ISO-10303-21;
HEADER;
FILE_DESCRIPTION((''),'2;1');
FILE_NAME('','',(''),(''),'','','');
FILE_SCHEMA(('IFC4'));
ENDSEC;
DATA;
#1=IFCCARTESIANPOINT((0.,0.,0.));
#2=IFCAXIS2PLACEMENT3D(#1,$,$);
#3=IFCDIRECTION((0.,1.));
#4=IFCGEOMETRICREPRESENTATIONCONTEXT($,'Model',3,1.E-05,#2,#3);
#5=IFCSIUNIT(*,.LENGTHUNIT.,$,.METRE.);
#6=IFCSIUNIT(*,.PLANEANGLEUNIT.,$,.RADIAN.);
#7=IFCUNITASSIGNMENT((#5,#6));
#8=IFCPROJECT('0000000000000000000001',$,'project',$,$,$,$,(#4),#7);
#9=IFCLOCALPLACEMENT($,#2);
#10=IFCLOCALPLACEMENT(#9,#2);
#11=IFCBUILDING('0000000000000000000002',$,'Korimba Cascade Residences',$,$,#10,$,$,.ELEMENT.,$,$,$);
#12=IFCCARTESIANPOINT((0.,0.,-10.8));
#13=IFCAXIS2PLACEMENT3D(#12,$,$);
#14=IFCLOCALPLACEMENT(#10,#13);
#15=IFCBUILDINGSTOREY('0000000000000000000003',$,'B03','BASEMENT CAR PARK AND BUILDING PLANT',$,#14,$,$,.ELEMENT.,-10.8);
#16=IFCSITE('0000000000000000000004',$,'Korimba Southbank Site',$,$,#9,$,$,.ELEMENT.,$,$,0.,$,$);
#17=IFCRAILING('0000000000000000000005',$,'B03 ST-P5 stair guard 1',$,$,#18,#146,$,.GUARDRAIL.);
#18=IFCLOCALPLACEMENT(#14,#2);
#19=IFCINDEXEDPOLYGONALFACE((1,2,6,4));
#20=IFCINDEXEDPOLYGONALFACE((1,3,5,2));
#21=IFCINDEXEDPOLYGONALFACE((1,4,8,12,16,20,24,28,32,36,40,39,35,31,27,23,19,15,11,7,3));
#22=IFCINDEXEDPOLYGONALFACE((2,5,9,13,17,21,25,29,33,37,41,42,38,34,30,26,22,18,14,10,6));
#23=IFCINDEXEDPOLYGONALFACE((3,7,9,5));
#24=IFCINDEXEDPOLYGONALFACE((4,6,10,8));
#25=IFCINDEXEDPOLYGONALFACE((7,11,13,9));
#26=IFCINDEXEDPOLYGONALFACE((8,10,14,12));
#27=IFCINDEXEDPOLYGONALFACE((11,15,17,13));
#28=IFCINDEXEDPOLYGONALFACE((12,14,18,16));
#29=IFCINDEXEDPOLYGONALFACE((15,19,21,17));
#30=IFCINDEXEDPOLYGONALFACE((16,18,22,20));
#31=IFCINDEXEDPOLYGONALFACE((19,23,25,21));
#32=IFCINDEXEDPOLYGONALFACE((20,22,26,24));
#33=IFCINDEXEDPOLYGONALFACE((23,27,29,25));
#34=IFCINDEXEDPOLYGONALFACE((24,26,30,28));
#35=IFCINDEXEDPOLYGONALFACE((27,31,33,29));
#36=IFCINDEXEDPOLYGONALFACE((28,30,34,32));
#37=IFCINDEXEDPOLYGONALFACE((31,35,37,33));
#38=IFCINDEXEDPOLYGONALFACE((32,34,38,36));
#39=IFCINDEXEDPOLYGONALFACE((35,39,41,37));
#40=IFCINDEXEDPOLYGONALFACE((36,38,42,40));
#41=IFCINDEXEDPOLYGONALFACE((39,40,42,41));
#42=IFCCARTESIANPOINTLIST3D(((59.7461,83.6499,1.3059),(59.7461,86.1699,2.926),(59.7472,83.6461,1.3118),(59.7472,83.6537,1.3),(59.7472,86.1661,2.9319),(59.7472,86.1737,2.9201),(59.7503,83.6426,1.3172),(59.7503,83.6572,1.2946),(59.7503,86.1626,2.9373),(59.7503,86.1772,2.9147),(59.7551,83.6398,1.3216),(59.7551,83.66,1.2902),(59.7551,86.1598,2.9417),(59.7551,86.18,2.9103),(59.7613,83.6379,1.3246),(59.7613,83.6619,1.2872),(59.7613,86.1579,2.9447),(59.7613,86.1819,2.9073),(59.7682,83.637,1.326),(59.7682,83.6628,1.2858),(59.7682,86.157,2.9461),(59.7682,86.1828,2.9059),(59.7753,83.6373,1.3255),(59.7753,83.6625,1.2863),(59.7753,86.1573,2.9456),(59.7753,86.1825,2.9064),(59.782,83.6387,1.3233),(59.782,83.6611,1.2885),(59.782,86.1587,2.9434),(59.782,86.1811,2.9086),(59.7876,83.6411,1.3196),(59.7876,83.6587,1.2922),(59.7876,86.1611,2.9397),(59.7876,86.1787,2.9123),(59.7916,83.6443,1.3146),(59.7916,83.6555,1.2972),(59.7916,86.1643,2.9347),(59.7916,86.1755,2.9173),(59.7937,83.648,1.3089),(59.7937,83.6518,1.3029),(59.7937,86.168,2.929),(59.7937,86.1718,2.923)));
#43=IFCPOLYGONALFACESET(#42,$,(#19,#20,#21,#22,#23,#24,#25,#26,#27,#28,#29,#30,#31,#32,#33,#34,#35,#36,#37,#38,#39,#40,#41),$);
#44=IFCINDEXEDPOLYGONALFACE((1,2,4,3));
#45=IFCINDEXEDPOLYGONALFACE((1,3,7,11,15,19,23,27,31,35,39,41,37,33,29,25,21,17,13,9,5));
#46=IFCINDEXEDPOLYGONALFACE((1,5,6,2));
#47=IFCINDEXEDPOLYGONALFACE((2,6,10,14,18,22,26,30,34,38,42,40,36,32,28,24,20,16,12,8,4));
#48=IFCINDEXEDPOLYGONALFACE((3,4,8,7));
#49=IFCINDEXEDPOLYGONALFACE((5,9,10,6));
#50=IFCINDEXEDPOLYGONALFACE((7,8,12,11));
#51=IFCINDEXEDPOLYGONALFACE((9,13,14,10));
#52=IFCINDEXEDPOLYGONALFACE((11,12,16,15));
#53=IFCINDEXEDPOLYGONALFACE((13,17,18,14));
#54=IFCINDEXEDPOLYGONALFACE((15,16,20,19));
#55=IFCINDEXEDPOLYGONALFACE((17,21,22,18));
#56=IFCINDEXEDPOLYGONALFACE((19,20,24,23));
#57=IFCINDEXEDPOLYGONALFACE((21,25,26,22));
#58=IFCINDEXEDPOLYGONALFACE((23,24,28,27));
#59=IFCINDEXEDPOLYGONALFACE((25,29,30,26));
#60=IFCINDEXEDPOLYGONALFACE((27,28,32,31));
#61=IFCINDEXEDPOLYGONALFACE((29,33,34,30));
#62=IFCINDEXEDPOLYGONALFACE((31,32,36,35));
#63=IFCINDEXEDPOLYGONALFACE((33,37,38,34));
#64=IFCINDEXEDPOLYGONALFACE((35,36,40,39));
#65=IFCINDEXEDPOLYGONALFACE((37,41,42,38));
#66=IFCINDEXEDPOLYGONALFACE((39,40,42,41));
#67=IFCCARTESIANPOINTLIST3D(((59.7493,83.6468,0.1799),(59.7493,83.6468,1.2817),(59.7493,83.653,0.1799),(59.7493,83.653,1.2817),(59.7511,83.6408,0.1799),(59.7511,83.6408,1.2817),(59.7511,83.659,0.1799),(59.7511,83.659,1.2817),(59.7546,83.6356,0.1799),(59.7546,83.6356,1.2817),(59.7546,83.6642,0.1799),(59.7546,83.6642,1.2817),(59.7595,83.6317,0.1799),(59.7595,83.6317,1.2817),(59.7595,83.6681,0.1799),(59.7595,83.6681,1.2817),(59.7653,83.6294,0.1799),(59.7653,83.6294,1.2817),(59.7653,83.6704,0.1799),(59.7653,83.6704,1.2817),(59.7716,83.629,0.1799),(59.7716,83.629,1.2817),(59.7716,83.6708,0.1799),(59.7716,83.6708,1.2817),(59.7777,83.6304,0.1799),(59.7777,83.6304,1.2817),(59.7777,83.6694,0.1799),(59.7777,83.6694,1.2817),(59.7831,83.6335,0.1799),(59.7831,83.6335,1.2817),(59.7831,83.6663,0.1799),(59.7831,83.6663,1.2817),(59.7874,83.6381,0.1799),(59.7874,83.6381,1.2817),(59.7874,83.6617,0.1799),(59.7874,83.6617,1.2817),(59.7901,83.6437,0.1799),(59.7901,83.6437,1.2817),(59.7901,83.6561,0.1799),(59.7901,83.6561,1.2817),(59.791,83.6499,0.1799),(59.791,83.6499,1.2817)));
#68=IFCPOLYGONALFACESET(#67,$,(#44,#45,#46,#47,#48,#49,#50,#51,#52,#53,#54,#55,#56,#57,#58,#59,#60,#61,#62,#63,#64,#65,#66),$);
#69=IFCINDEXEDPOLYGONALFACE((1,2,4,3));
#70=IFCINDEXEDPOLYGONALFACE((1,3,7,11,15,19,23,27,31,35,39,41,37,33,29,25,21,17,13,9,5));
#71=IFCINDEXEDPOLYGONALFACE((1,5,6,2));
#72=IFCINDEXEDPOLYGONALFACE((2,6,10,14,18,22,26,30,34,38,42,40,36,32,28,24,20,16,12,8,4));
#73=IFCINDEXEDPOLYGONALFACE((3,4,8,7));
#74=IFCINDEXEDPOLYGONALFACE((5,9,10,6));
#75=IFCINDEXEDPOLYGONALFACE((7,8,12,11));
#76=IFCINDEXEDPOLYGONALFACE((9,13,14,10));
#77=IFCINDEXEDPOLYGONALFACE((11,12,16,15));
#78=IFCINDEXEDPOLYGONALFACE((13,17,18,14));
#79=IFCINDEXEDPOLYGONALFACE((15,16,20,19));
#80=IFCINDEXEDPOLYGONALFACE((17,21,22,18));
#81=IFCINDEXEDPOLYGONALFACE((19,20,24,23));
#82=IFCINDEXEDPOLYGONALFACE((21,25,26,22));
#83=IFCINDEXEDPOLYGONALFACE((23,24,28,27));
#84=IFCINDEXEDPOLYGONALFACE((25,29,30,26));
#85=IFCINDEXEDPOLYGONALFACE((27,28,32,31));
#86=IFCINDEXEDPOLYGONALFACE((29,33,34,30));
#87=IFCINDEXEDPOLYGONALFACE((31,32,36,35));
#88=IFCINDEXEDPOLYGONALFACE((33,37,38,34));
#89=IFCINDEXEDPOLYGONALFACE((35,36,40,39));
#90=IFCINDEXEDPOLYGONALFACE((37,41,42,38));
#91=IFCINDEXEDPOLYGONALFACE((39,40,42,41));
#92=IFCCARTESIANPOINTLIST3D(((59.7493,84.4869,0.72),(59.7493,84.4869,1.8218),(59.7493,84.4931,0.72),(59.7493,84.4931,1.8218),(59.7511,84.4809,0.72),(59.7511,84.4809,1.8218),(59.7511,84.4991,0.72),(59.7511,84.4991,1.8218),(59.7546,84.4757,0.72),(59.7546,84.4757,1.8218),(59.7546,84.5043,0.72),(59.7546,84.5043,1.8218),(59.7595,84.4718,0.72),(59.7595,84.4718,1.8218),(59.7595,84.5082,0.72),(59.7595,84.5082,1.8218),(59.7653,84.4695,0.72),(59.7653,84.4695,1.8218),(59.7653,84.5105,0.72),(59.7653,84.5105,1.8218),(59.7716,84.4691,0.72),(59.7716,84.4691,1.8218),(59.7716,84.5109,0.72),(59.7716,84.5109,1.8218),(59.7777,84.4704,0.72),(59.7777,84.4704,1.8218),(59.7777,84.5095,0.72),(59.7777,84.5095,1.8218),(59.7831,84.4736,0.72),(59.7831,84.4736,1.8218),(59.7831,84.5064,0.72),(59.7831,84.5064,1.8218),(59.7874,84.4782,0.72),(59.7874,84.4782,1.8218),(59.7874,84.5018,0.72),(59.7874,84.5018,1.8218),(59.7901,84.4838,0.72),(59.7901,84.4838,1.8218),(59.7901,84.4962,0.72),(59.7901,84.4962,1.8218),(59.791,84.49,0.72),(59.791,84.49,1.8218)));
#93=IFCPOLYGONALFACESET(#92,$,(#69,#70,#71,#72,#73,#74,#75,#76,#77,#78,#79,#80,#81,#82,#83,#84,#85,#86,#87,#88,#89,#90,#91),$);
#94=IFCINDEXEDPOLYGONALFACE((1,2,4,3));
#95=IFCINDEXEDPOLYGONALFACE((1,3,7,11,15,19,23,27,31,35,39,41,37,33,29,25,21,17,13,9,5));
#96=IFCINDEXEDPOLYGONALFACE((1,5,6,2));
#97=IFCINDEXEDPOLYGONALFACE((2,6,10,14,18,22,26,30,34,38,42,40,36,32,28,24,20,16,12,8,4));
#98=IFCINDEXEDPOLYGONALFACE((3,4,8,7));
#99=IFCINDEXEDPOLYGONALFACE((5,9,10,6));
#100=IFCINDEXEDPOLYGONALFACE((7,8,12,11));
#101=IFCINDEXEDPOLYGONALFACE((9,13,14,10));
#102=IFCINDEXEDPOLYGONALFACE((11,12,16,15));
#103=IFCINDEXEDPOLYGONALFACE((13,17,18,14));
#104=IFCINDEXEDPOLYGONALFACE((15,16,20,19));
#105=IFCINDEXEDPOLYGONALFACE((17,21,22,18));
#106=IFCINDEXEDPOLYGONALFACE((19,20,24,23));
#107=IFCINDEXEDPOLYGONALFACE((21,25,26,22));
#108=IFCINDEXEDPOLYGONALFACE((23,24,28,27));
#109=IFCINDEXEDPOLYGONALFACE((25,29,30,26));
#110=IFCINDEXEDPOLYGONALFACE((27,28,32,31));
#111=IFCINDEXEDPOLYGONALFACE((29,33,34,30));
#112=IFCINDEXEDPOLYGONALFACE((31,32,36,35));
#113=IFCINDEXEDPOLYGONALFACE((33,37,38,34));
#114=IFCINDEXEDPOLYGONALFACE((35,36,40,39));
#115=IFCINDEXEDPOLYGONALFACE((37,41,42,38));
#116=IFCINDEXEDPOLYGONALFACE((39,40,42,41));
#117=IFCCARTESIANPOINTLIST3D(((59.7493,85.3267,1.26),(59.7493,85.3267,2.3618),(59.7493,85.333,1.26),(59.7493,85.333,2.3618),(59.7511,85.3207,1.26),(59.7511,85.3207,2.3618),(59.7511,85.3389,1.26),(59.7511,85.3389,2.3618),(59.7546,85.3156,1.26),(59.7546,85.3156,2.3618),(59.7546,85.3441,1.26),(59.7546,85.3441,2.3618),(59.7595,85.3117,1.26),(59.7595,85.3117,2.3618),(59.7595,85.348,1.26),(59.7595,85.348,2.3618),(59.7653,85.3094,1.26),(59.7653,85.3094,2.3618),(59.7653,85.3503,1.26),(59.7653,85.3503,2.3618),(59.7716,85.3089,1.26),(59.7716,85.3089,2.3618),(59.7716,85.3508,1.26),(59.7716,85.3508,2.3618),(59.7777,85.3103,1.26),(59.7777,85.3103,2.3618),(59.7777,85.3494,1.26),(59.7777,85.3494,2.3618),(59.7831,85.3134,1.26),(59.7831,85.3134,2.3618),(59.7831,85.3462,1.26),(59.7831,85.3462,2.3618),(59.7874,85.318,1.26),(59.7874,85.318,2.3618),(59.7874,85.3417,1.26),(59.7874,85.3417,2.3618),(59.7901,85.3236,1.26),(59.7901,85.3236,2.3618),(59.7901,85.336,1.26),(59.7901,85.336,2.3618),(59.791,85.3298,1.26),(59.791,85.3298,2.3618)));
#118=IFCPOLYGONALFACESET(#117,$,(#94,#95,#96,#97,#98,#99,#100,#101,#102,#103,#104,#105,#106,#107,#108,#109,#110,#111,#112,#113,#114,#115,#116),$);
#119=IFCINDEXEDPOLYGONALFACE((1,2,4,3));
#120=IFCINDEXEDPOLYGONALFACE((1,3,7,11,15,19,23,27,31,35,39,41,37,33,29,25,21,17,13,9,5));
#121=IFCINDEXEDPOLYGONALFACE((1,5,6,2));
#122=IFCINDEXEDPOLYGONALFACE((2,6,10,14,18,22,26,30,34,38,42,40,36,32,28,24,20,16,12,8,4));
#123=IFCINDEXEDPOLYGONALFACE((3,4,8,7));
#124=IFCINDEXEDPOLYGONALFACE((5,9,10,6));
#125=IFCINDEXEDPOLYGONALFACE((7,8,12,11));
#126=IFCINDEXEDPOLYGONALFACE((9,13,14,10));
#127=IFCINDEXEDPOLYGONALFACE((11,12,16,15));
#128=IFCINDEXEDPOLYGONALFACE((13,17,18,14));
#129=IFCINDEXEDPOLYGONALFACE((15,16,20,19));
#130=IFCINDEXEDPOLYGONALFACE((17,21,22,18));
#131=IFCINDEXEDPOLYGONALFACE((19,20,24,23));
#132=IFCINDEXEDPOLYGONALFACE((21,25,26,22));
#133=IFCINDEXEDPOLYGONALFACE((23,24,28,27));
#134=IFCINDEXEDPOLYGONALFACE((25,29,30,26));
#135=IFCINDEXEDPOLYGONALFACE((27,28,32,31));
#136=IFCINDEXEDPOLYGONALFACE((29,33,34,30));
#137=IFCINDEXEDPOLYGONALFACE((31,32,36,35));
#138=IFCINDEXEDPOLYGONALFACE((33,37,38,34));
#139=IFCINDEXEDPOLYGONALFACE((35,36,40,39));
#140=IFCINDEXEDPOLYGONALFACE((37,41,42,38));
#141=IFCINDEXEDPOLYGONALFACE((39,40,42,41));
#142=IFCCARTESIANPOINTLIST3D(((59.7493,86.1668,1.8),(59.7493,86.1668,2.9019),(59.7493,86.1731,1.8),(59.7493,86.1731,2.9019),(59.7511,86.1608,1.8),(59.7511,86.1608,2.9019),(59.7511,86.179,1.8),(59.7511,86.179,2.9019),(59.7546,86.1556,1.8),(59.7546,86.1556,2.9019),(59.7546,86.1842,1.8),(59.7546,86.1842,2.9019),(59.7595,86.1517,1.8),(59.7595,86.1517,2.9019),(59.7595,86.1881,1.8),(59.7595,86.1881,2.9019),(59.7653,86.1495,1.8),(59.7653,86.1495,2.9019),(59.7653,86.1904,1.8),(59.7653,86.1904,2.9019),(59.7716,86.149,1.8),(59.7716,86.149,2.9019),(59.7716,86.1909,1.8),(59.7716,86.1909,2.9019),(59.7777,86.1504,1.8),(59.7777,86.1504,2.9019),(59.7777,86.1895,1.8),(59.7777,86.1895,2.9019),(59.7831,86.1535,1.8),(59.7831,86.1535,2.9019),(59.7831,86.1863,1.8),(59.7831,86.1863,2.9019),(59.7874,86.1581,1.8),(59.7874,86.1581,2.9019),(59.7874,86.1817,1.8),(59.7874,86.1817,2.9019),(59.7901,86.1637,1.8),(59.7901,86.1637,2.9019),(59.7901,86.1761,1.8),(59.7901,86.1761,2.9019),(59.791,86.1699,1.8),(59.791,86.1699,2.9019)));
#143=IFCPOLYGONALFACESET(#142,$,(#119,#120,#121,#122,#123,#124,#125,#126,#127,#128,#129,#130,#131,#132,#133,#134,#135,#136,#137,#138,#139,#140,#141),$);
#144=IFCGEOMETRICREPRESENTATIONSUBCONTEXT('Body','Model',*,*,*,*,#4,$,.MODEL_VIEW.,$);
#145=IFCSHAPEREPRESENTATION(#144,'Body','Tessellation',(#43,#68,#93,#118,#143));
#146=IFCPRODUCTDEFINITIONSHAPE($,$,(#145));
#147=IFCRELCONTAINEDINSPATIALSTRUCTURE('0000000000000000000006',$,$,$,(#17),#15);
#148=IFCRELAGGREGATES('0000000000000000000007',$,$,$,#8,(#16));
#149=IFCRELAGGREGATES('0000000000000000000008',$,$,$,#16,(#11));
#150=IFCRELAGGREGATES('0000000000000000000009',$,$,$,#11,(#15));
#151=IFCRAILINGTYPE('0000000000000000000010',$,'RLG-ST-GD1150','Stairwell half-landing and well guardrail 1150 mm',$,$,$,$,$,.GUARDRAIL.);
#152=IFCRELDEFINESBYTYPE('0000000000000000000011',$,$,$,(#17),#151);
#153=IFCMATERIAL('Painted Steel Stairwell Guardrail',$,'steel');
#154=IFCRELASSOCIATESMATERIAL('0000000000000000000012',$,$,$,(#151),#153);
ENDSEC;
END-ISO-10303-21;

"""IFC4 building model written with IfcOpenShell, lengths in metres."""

from ifc_helpers import new_model, si_unit, direction, frame, origin, origin_2d, place, context, subcontext, project, spatial, circle, extrude, material, type_object, element, save


model = new_model("IFC4")

# Units and contexts
model_context = context("Model", 3, precision=1e-05, world=origin(), true_north=direction((0.0, 1.0)))
body_context = subcontext(model_context, "Body", "Model", "MODEL_VIEW")
ifc_project = project(units=[si_unit("LENGTHUNIT", "METRE"), si_unit("PLANEANGLEUNIT", "RADIAN")], contexts=[model_context])

# Site, building, storey
site_placement = place(None, origin())
site = spatial("IfcSite", under=ifc_project, at=site_placement, Name="Korimba Southbank Site", CompositionType="ELEMENT", RefElevation=0.0)
building_placement = place(site_placement, origin())
building = spatial("IfcBuilding", under=site, at=building_placement, Name="Korimba Cascade Residences", CompositionType="ELEMENT")
storey_placement = place(building_placement, frame((0.0, 0.0, -10.8)))
storey = spatial("IfcBuildingStorey", under=building, at=storey_placement, Name="B03", Description="BASEMENT CAR PARK AND BUILDING PLANT", CompositionType="ELEMENT", Elevation=-10.8)

# Railing
ifc_material_1 = material(Name="Painted Steel Stairwell Guardrail", Category="steel")
railing_type_1 = type_object("IfcRailingType", Name="RLG-ST-GD1150", Description="Stairwell half-landing and well guardrail 1150 mm", PredefinedType="GUARDRAIL", material=ifc_material_1)
railing_1_placement = place(storey_placement, frame((59.77, 83.6499, 0.1799)))
element("IfcRailing", 1, at=railing_1_placement, inside=storey, type_object=railing_type_1, Name="B03 ST-P5 stair guard 1", PredefinedType="GUARDRAIL", context=body_context, shape_type="SweptSolid", body=[
    extrude(circle(Radius=0.0239, at=origin_2d()), frame((0.0, 0.0, 1.126), z_axis=(0.0, 0.841163, 0.540782), x_axis=(-1.0, 0.0, 0.0)), (0.0, 0.0, 1.0), 2.9958),
    extrude(circle(Radius=0.021, at=origin_2d()), origin(), (0.0, 0.0, 1.0), 1.1018),
    extrude(circle(Radius=0.021, at=origin_2d()), frame((0.0, 0.8401, 0.54)), (0.0, 0.0, 1.0), 1.1018),
    extrude(circle(Radius=0.021, at=origin_2d()), frame((0.0, 1.6799, 1.0801)), (0.0, 0.0, 1.0), 1.1018),
    extrude(circle(Radius=0.021, at=origin_2d()), frame((0.0, 2.52, 1.6201)), (0.0, 0.0, 1.0), 1.1018),
])

save(model, "model.ifc")
